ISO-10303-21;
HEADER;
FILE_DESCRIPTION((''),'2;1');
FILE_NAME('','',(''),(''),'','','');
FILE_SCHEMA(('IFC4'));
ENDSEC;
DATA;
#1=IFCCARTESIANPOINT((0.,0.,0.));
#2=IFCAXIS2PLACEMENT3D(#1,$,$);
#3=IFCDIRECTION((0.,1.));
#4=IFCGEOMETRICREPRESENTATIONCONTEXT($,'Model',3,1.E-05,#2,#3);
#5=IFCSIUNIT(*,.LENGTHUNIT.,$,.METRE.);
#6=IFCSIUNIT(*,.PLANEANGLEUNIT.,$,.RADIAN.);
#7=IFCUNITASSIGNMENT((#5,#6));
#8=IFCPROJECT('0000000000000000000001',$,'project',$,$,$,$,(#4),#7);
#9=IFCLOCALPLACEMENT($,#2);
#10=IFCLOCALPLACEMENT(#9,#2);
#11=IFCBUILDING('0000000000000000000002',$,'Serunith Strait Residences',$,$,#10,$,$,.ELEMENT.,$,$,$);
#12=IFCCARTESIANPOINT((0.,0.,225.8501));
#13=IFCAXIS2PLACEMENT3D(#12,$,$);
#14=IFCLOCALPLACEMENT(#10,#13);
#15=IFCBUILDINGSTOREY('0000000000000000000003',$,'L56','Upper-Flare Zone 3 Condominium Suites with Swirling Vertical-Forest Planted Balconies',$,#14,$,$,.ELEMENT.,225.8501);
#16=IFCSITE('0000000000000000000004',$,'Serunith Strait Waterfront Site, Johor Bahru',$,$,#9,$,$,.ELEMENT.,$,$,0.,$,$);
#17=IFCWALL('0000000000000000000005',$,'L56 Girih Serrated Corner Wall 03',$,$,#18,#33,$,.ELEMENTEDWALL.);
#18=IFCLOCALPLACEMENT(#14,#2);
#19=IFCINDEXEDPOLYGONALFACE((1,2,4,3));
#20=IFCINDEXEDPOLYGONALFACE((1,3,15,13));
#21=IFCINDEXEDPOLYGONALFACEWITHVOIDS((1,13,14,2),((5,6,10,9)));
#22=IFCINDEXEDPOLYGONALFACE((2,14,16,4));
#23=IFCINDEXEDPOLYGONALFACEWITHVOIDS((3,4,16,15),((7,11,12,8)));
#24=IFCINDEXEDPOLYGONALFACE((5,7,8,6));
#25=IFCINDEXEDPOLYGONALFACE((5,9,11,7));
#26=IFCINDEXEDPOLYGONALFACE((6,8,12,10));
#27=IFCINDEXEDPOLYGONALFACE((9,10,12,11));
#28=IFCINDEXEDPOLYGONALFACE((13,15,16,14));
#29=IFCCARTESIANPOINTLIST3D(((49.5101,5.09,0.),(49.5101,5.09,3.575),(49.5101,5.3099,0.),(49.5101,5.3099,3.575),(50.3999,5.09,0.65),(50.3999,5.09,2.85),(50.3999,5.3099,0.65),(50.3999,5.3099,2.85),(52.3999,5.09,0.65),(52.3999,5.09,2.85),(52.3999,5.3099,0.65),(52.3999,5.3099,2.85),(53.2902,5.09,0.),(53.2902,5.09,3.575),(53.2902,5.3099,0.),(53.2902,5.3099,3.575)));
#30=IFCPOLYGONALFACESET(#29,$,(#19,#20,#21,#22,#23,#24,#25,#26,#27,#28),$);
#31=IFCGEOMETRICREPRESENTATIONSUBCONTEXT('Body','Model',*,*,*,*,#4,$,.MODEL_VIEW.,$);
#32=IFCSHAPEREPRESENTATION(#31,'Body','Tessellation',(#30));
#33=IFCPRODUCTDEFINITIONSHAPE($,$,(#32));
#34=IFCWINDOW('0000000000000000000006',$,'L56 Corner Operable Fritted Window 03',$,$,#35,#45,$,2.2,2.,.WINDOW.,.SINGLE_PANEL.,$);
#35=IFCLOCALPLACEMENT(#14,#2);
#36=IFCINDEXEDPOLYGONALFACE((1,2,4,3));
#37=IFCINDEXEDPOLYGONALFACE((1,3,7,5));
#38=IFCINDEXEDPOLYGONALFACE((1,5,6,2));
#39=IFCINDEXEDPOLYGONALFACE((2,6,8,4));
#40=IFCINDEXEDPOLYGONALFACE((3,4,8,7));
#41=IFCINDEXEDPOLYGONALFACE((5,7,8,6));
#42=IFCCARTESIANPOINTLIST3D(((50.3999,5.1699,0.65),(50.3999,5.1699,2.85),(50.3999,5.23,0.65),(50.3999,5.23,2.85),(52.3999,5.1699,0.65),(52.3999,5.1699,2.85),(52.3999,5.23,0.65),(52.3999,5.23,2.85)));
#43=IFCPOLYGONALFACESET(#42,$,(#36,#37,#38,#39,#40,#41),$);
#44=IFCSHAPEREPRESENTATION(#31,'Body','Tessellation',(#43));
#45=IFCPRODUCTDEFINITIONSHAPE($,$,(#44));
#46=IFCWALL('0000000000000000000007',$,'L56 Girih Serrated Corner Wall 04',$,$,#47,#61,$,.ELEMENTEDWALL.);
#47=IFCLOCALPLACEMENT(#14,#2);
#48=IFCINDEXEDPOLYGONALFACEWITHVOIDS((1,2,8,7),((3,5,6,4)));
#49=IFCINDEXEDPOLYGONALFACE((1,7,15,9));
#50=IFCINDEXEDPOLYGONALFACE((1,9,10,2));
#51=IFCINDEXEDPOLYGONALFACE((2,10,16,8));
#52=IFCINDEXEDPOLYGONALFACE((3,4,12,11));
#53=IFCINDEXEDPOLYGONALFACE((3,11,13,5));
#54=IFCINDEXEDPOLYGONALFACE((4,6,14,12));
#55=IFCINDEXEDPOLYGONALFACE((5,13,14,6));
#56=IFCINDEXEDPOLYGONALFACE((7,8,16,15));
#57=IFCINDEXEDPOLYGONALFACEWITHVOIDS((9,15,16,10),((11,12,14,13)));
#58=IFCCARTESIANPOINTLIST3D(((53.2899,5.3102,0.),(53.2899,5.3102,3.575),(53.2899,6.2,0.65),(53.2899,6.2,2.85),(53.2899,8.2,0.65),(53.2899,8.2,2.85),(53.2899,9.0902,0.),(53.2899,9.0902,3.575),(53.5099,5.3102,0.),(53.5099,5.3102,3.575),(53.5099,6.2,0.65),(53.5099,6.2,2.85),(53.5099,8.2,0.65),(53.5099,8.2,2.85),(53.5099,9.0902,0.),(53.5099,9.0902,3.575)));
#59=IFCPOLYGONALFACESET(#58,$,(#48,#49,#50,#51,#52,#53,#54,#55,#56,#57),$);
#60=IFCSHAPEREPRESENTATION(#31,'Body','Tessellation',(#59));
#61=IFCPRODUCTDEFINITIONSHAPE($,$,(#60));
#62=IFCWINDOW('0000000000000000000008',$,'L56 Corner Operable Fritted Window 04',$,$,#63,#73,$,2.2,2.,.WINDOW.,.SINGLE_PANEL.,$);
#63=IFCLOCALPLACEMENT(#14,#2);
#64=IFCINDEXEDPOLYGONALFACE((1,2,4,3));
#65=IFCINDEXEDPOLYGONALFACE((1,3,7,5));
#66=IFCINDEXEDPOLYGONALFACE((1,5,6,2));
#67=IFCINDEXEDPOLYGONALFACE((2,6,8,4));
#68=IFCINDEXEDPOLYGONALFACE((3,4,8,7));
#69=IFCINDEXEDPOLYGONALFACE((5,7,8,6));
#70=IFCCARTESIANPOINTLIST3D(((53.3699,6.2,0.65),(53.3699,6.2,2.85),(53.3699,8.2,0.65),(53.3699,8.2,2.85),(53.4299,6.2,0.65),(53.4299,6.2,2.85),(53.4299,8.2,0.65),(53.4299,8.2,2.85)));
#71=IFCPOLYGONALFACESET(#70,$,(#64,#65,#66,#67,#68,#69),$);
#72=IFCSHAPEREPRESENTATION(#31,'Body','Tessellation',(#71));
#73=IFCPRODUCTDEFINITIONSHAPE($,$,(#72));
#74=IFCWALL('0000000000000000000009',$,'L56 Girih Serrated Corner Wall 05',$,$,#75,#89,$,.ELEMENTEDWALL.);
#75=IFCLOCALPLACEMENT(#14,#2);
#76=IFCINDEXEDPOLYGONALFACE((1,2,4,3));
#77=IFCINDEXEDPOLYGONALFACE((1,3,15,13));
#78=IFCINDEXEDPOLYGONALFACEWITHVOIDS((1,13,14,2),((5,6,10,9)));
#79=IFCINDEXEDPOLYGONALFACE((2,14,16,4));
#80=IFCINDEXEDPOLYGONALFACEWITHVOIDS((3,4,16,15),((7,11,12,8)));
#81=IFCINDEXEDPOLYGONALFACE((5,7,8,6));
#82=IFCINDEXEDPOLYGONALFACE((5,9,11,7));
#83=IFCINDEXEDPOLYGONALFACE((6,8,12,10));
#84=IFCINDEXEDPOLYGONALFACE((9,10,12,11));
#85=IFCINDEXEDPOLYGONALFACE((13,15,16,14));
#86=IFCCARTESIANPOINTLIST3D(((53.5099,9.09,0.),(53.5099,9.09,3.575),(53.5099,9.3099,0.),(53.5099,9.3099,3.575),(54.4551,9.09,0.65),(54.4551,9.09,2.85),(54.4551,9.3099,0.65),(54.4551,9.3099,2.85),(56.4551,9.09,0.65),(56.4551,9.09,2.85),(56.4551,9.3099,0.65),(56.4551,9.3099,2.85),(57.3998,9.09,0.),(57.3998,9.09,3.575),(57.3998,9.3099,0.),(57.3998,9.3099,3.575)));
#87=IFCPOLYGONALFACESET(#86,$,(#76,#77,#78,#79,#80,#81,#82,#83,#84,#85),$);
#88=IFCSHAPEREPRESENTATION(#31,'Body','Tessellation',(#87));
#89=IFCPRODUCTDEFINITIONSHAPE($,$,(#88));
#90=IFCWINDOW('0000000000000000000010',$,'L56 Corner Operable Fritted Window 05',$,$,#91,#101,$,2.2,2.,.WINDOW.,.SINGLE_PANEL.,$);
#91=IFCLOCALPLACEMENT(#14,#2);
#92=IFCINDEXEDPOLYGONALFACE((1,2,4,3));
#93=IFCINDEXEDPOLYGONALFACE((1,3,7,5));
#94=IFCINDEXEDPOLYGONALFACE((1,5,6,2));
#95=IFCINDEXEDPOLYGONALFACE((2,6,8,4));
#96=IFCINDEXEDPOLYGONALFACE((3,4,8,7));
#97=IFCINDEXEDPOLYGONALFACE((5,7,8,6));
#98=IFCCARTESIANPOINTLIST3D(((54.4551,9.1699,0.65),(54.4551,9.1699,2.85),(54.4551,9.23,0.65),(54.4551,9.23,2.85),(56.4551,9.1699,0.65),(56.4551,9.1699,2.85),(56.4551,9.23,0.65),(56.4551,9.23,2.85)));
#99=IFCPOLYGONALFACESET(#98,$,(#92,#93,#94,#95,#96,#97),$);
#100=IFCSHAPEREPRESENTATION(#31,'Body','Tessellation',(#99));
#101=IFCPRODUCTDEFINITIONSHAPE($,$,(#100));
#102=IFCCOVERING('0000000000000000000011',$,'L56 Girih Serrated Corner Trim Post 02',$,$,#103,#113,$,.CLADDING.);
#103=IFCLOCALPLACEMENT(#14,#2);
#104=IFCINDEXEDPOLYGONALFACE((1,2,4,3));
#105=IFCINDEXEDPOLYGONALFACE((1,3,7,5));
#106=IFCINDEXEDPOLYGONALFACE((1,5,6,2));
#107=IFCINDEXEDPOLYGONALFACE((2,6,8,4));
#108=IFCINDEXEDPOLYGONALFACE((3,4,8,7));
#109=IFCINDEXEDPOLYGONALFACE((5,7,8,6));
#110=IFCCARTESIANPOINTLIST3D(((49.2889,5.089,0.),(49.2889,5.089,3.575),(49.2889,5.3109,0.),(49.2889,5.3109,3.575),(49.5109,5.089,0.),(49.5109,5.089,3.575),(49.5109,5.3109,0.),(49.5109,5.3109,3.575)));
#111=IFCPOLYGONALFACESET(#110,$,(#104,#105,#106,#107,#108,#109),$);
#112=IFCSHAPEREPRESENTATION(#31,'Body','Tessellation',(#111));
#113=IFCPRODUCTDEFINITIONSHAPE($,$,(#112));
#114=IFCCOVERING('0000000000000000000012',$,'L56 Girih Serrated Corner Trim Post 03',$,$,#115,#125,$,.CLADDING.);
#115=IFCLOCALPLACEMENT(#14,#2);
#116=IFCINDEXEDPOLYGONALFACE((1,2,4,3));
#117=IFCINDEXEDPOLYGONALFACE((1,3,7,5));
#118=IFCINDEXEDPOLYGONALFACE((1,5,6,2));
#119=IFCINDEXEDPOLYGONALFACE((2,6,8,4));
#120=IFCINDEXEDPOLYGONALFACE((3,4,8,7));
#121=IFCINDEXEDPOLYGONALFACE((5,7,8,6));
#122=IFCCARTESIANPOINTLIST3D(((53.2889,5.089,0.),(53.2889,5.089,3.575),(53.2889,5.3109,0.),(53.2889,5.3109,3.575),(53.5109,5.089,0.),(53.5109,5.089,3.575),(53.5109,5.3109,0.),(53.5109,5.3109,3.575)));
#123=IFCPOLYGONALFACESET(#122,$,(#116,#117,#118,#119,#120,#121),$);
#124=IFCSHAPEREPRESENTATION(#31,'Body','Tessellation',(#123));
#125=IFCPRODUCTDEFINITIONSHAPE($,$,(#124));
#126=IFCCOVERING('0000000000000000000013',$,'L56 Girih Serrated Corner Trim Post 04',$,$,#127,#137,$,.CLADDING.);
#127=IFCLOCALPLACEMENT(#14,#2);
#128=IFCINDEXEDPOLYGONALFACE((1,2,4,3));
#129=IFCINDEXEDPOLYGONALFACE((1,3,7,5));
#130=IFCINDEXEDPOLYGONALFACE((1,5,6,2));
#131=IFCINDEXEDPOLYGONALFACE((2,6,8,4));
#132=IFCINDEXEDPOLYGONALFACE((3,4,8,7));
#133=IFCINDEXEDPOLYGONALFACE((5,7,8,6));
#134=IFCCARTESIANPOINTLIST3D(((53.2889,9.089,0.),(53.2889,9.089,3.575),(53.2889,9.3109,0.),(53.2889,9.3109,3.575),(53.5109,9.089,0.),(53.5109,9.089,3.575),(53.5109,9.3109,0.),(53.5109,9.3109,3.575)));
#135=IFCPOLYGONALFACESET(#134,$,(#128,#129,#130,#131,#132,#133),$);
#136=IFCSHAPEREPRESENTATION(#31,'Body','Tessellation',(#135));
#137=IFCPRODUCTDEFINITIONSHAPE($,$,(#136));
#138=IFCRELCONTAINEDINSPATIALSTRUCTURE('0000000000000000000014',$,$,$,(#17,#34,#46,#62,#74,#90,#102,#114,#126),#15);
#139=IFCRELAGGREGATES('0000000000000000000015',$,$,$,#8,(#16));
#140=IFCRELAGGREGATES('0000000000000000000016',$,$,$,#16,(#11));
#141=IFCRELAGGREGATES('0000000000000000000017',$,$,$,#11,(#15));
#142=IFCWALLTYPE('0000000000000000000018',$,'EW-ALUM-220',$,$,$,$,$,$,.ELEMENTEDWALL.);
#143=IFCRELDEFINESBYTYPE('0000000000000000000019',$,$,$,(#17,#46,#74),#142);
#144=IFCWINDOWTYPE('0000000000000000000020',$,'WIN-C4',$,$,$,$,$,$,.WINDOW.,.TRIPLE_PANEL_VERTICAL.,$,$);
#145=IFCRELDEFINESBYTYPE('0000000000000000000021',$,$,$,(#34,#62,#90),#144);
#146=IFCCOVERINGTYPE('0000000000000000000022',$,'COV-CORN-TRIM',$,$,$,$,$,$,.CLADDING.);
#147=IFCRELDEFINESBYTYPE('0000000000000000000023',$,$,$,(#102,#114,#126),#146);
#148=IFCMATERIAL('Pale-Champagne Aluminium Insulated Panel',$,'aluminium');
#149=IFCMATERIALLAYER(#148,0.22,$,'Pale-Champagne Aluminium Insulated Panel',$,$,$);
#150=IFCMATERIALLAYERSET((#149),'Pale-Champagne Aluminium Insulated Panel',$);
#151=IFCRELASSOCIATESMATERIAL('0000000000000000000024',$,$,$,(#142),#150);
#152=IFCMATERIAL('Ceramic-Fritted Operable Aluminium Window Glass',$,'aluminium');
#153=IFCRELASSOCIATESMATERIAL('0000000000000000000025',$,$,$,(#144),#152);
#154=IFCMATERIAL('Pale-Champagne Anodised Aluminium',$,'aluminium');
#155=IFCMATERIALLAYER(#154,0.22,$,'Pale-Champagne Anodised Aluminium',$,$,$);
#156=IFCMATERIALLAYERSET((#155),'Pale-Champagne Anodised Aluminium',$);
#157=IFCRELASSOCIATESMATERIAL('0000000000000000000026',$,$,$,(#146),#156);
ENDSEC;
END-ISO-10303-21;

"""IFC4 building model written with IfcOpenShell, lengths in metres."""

from ifc_helpers import new_model, si_unit, direction, frame, frame_2d, origin, origin_2d, place, context, subcontext, project, spatial, rectangle, extrude, source, transform, mapped, material, layer, layer_set, type_object, element, fill, save


model = new_model("IFC4")

# Units and contexts
model_context = context("Model", 3, precision=1e-05, world=origin(), true_north=direction((0.0, 1.0)))
body_context = subcontext(model_context, "Body", "Model", "MODEL_VIEW")
ifc_project = project(units=[si_unit("LENGTHUNIT", "METRE"), si_unit("PLANEANGLEUNIT", "RADIAN")], contexts=[model_context])

# Site, building, storey
site_placement = place(None, origin())
site = spatial("IfcSite", under=ifc_project, at=site_placement, Name="Serunith Strait Waterfront Site, Johor Bahru", CompositionType="ELEMENT", RefElevation=0.0)
building_placement = place(site_placement, origin())
building = spatial("IfcBuilding", under=site, at=building_placement, Name="Serunith Strait Residences", CompositionType="ELEMENT")
storey_placement = place(building_placement, frame((0.0, 0.0, 225.8501)))
storey = spatial("IfcBuildingStorey", under=building, at=storey_placement, Name="L56", Description="Upper-Flare Zone 3 Condominium Suites with Swirling Vertical-Forest Planted Balconies", CompositionType="ELEMENT", Elevation=225.8501)

# Shared definitions
ifc_material_1 = material(Name="Pale-Champagne Anodised Aluminium", Category="aluminium")

# Walls, openings, windows
ifc_material_2 = material(Name="Pale-Champagne Aluminium Insulated Panel", Category="aluminium")
ifc_layer_1 = layer(ifc_material_2, 0.22, Name="Pale-Champagne Aluminium Insulated Panel")
ifc_layer_set_1 = layer_set([ifc_layer_1], Name="Pale-Champagne Aluminium Insulated Panel")
wall_type = type_object("IfcWallType", Name="EW-ALUM-220", PredefinedType="ELEMENTEDWALL", material=ifc_layer_set_1)
ifc_material_3 = material(Name="Ceramic-Fritted Operable Aluminium Window Glass", Category="aluminium")
window_type = type_object("IfcWindowType", Name="WIN-C4", PartitioningType="TRIPLE_PANEL_VERTICAL", PredefinedType="WINDOW", material=ifc_material_3)
shared_shape_1 = source(origin(), body_context, "Body", "SweptSolid", [
    extrude(rectangle(XDim=2.0, YDim=2.2, at=frame_2d((1.0, 1.1001))), frame((0.0, 0.03, 0.0), z_axis=(0.0, -1.0, 0.0), x_axis=(1.0, 0.0, 0.0)), (0.0, 0.0, 1.0), 0.0601),
])
wall_1_placement = place(storey_placement, frame((49.51, 5.2, 0.0), z_axis=(0.0, 0.0, 1.0), x_axis=(1.0, 0.0, 0.0)))
wall_1 = element("IfcWall", 1, at=wall_1_placement, inside=storey, type_object=wall_type, Name="L56 Girih Serrated Corner Wall 03", PredefinedType="ELEMENTEDWALL", context=body_context, shape_type="SweptSolid", body=[
    extrude(rectangle(XDim=3.78, YDim=0.22, at=frame_2d((1.8901, 0.0))), origin(), (0.0, 0.0, 1.0), 3.575),
])
opening_1_placement = place(wall_1_placement, frame((0.8899, 0.0, 0.6499)))
opening_1 = element("IfcOpeningElement", 2, at=opening_1_placement, cuts=wall_1, PredefinedType="OPENING", context=body_context, shape_type="SweptSolid", body=[
    extrude(rectangle(XDim=2.0, YDim=2.2, at=frame_2d((1.0, 1.1001))), frame((0.0, 0.1201, 0.0), z_axis=(0.0, -1.0, 0.0), x_axis=(1.0, 0.0, 0.0)), (0.0, 0.0, 1.0), 0.24),
])
window_1_placement = place(opening_1_placement, origin())
window_1 = element("IfcWindow", 3, at=window_1_placement, inside=storey, type_object=window_type, Name="L56 Corner Operable Fritted Window 03", OverallHeight=2.2, OverallWidth=2.0, PartitioningType="SINGLE_PANEL", PredefinedType="WINDOW", context=body_context, shape_type="MappedRepresentation", body=[
    mapped(shared_shape_1, transform((0.0, 0.0, 0.0), scale=1.0)),
])
fill(opening_1, window_1)
wall_2_placement = place(storey_placement, frame((53.3999, 5.3101, 0.0), z_axis=(0.0, 0.0, 1.0), x_axis=(0.0, 1.0, 0.0)))
wall_2 = element("IfcWall", 4, at=wall_2_placement, inside=storey, type_object=wall_type, Name="L56 Girih Serrated Corner Wall 04", PredefinedType="ELEMENTEDWALL", context=body_context, shape_type="SweptSolid", body=[
    extrude(rectangle(XDim=3.78, YDim=0.22, at=frame_2d((1.8901, 0.0))), origin(), (0.0, 0.0, 1.0), 3.575),
])
opening_2_placement = place(wall_2_placement, frame((0.8899, 0.0, 0.6499)))
opening_2 = element("IfcOpeningElement", 5, at=opening_2_placement, cuts=wall_2, PredefinedType="OPENING", context=body_context, shape_type="SweptSolid", body=[
    extrude(rectangle(XDim=2.0, YDim=2.2, at=frame_2d((1.0, 1.1001))), frame((0.0, 0.1201, 0.0), z_axis=(0.0, -1.0, 0.0), x_axis=(1.0, 0.0, 0.0)), (0.0, 0.0, 1.0), 0.24),
])
window_2_placement = place(opening_2_placement, origin())
window_2 = element("IfcWindow", 6, at=window_2_placement, inside=storey, type_object=window_type, Name="L56 Corner Operable Fritted Window 04", OverallHeight=2.2, OverallWidth=2.0, PartitioningType="SINGLE_PANEL", PredefinedType="WINDOW", context=body_context, shape_type="MappedRepresentation", body=[
    mapped(shared_shape_1, transform((0.0, 0.0, 0.0), scale=1.0)),
])
fill(opening_2, window_2)
wall_3_placement = place(storey_placement, frame((53.51, 9.2, 0.0), z_axis=(0.0, 0.0, 1.0), x_axis=(1.0, 0.0, 0.0)))
wall_3 = element("IfcWall", 7, at=wall_3_placement, inside=storey, type_object=wall_type, Name="L56 Girih Serrated Corner Wall 05", PredefinedType="ELEMENTEDWALL", context=body_context, shape_type="SweptSolid", body=[
    extrude(rectangle(XDim=3.8899, YDim=0.22, at=frame_2d((1.9448, 0.0))), origin(), (0.0, 0.0, 1.0), 3.575),
])
opening_3_placement = place(wall_3_placement, frame((0.9451, 0.0, 0.6499)))
opening_3 = element("IfcOpeningElement", 8, at=opening_3_placement, cuts=wall_3, PredefinedType="OPENING", context=body_context, shape_type="SweptSolid", body=[
    extrude(rectangle(XDim=2.0, YDim=2.2, at=frame_2d((1.0, 1.1001))), frame((0.0, 0.1201, 0.0), z_axis=(0.0, -1.0, 0.0), x_axis=(1.0, 0.0, 0.0)), (0.0, 0.0, 1.0), 0.24),
])
window_3_placement = place(opening_3_placement, origin())
window_3 = element("IfcWindow", 9, at=window_3_placement, inside=storey, type_object=window_type, Name="L56 Corner Operable Fritted Window 05", OverallHeight=2.2, OverallWidth=2.0, PartitioningType="SINGLE_PANEL", PredefinedType="WINDOW", context=body_context, shape_type="MappedRepresentation", body=[
    mapped(shared_shape_1, transform((0.0, 0.0, 0.0), scale=1.0)),
])
fill(opening_3, window_3)

# Coverings
ifc_layer_2 = layer(ifc_material_1, 0.22, Name="Pale-Champagne Anodised Aluminium")
ifc_layer_set_2 = layer_set([ifc_layer_2], Name="Pale-Champagne Anodised Aluminium")
covering_type = type_object("IfcCoveringType", Name="COV-CORN-TRIM", PredefinedType="CLADDING", material=ifc_layer_set_2)
shared_shape_2 = source(origin(), body_context, "Body", "SweptSolid", [
    extrude(rectangle(XDim=0.2219, YDim=0.2219, at=origin_2d()), origin(), (0.0, 0.0, 1.0), 3.575),
])
for number, where, z_axis, x_axis, name in (
    (10, (49.3999, 5.2, 0.0), (0.0, 0.0, 1.0), (1.0, 0.0, 0.0), "L56 Girih Serrated Corner Trim Post 02"),
    (11, (53.3999, 5.2, 0.0), (0.0, 0.0, 1.0), (1.0, 0.0, 0.0), "L56 Girih Serrated Corner Trim Post 03"),
    (12, (53.3999, 9.2, 0.0), (0.0, 0.0, 1.0), (1.0, 0.0, 0.0), "L56 Girih Serrated Corner Trim Post 04"),
):
    element("IfcCovering", number, at=place(storey_placement, frame(where, z_axis=z_axis, x_axis=x_axis)), inside=storey, type_object=covering_type, Name=name, PredefinedType="CLADDING", context=body_context, shape_type="MappedRepresentation", body=[
        mapped(shared_shape_2, transform((0.0, 0.0, 0.0), scale=1.0)),
    ])

save(model, "model.ifc")
